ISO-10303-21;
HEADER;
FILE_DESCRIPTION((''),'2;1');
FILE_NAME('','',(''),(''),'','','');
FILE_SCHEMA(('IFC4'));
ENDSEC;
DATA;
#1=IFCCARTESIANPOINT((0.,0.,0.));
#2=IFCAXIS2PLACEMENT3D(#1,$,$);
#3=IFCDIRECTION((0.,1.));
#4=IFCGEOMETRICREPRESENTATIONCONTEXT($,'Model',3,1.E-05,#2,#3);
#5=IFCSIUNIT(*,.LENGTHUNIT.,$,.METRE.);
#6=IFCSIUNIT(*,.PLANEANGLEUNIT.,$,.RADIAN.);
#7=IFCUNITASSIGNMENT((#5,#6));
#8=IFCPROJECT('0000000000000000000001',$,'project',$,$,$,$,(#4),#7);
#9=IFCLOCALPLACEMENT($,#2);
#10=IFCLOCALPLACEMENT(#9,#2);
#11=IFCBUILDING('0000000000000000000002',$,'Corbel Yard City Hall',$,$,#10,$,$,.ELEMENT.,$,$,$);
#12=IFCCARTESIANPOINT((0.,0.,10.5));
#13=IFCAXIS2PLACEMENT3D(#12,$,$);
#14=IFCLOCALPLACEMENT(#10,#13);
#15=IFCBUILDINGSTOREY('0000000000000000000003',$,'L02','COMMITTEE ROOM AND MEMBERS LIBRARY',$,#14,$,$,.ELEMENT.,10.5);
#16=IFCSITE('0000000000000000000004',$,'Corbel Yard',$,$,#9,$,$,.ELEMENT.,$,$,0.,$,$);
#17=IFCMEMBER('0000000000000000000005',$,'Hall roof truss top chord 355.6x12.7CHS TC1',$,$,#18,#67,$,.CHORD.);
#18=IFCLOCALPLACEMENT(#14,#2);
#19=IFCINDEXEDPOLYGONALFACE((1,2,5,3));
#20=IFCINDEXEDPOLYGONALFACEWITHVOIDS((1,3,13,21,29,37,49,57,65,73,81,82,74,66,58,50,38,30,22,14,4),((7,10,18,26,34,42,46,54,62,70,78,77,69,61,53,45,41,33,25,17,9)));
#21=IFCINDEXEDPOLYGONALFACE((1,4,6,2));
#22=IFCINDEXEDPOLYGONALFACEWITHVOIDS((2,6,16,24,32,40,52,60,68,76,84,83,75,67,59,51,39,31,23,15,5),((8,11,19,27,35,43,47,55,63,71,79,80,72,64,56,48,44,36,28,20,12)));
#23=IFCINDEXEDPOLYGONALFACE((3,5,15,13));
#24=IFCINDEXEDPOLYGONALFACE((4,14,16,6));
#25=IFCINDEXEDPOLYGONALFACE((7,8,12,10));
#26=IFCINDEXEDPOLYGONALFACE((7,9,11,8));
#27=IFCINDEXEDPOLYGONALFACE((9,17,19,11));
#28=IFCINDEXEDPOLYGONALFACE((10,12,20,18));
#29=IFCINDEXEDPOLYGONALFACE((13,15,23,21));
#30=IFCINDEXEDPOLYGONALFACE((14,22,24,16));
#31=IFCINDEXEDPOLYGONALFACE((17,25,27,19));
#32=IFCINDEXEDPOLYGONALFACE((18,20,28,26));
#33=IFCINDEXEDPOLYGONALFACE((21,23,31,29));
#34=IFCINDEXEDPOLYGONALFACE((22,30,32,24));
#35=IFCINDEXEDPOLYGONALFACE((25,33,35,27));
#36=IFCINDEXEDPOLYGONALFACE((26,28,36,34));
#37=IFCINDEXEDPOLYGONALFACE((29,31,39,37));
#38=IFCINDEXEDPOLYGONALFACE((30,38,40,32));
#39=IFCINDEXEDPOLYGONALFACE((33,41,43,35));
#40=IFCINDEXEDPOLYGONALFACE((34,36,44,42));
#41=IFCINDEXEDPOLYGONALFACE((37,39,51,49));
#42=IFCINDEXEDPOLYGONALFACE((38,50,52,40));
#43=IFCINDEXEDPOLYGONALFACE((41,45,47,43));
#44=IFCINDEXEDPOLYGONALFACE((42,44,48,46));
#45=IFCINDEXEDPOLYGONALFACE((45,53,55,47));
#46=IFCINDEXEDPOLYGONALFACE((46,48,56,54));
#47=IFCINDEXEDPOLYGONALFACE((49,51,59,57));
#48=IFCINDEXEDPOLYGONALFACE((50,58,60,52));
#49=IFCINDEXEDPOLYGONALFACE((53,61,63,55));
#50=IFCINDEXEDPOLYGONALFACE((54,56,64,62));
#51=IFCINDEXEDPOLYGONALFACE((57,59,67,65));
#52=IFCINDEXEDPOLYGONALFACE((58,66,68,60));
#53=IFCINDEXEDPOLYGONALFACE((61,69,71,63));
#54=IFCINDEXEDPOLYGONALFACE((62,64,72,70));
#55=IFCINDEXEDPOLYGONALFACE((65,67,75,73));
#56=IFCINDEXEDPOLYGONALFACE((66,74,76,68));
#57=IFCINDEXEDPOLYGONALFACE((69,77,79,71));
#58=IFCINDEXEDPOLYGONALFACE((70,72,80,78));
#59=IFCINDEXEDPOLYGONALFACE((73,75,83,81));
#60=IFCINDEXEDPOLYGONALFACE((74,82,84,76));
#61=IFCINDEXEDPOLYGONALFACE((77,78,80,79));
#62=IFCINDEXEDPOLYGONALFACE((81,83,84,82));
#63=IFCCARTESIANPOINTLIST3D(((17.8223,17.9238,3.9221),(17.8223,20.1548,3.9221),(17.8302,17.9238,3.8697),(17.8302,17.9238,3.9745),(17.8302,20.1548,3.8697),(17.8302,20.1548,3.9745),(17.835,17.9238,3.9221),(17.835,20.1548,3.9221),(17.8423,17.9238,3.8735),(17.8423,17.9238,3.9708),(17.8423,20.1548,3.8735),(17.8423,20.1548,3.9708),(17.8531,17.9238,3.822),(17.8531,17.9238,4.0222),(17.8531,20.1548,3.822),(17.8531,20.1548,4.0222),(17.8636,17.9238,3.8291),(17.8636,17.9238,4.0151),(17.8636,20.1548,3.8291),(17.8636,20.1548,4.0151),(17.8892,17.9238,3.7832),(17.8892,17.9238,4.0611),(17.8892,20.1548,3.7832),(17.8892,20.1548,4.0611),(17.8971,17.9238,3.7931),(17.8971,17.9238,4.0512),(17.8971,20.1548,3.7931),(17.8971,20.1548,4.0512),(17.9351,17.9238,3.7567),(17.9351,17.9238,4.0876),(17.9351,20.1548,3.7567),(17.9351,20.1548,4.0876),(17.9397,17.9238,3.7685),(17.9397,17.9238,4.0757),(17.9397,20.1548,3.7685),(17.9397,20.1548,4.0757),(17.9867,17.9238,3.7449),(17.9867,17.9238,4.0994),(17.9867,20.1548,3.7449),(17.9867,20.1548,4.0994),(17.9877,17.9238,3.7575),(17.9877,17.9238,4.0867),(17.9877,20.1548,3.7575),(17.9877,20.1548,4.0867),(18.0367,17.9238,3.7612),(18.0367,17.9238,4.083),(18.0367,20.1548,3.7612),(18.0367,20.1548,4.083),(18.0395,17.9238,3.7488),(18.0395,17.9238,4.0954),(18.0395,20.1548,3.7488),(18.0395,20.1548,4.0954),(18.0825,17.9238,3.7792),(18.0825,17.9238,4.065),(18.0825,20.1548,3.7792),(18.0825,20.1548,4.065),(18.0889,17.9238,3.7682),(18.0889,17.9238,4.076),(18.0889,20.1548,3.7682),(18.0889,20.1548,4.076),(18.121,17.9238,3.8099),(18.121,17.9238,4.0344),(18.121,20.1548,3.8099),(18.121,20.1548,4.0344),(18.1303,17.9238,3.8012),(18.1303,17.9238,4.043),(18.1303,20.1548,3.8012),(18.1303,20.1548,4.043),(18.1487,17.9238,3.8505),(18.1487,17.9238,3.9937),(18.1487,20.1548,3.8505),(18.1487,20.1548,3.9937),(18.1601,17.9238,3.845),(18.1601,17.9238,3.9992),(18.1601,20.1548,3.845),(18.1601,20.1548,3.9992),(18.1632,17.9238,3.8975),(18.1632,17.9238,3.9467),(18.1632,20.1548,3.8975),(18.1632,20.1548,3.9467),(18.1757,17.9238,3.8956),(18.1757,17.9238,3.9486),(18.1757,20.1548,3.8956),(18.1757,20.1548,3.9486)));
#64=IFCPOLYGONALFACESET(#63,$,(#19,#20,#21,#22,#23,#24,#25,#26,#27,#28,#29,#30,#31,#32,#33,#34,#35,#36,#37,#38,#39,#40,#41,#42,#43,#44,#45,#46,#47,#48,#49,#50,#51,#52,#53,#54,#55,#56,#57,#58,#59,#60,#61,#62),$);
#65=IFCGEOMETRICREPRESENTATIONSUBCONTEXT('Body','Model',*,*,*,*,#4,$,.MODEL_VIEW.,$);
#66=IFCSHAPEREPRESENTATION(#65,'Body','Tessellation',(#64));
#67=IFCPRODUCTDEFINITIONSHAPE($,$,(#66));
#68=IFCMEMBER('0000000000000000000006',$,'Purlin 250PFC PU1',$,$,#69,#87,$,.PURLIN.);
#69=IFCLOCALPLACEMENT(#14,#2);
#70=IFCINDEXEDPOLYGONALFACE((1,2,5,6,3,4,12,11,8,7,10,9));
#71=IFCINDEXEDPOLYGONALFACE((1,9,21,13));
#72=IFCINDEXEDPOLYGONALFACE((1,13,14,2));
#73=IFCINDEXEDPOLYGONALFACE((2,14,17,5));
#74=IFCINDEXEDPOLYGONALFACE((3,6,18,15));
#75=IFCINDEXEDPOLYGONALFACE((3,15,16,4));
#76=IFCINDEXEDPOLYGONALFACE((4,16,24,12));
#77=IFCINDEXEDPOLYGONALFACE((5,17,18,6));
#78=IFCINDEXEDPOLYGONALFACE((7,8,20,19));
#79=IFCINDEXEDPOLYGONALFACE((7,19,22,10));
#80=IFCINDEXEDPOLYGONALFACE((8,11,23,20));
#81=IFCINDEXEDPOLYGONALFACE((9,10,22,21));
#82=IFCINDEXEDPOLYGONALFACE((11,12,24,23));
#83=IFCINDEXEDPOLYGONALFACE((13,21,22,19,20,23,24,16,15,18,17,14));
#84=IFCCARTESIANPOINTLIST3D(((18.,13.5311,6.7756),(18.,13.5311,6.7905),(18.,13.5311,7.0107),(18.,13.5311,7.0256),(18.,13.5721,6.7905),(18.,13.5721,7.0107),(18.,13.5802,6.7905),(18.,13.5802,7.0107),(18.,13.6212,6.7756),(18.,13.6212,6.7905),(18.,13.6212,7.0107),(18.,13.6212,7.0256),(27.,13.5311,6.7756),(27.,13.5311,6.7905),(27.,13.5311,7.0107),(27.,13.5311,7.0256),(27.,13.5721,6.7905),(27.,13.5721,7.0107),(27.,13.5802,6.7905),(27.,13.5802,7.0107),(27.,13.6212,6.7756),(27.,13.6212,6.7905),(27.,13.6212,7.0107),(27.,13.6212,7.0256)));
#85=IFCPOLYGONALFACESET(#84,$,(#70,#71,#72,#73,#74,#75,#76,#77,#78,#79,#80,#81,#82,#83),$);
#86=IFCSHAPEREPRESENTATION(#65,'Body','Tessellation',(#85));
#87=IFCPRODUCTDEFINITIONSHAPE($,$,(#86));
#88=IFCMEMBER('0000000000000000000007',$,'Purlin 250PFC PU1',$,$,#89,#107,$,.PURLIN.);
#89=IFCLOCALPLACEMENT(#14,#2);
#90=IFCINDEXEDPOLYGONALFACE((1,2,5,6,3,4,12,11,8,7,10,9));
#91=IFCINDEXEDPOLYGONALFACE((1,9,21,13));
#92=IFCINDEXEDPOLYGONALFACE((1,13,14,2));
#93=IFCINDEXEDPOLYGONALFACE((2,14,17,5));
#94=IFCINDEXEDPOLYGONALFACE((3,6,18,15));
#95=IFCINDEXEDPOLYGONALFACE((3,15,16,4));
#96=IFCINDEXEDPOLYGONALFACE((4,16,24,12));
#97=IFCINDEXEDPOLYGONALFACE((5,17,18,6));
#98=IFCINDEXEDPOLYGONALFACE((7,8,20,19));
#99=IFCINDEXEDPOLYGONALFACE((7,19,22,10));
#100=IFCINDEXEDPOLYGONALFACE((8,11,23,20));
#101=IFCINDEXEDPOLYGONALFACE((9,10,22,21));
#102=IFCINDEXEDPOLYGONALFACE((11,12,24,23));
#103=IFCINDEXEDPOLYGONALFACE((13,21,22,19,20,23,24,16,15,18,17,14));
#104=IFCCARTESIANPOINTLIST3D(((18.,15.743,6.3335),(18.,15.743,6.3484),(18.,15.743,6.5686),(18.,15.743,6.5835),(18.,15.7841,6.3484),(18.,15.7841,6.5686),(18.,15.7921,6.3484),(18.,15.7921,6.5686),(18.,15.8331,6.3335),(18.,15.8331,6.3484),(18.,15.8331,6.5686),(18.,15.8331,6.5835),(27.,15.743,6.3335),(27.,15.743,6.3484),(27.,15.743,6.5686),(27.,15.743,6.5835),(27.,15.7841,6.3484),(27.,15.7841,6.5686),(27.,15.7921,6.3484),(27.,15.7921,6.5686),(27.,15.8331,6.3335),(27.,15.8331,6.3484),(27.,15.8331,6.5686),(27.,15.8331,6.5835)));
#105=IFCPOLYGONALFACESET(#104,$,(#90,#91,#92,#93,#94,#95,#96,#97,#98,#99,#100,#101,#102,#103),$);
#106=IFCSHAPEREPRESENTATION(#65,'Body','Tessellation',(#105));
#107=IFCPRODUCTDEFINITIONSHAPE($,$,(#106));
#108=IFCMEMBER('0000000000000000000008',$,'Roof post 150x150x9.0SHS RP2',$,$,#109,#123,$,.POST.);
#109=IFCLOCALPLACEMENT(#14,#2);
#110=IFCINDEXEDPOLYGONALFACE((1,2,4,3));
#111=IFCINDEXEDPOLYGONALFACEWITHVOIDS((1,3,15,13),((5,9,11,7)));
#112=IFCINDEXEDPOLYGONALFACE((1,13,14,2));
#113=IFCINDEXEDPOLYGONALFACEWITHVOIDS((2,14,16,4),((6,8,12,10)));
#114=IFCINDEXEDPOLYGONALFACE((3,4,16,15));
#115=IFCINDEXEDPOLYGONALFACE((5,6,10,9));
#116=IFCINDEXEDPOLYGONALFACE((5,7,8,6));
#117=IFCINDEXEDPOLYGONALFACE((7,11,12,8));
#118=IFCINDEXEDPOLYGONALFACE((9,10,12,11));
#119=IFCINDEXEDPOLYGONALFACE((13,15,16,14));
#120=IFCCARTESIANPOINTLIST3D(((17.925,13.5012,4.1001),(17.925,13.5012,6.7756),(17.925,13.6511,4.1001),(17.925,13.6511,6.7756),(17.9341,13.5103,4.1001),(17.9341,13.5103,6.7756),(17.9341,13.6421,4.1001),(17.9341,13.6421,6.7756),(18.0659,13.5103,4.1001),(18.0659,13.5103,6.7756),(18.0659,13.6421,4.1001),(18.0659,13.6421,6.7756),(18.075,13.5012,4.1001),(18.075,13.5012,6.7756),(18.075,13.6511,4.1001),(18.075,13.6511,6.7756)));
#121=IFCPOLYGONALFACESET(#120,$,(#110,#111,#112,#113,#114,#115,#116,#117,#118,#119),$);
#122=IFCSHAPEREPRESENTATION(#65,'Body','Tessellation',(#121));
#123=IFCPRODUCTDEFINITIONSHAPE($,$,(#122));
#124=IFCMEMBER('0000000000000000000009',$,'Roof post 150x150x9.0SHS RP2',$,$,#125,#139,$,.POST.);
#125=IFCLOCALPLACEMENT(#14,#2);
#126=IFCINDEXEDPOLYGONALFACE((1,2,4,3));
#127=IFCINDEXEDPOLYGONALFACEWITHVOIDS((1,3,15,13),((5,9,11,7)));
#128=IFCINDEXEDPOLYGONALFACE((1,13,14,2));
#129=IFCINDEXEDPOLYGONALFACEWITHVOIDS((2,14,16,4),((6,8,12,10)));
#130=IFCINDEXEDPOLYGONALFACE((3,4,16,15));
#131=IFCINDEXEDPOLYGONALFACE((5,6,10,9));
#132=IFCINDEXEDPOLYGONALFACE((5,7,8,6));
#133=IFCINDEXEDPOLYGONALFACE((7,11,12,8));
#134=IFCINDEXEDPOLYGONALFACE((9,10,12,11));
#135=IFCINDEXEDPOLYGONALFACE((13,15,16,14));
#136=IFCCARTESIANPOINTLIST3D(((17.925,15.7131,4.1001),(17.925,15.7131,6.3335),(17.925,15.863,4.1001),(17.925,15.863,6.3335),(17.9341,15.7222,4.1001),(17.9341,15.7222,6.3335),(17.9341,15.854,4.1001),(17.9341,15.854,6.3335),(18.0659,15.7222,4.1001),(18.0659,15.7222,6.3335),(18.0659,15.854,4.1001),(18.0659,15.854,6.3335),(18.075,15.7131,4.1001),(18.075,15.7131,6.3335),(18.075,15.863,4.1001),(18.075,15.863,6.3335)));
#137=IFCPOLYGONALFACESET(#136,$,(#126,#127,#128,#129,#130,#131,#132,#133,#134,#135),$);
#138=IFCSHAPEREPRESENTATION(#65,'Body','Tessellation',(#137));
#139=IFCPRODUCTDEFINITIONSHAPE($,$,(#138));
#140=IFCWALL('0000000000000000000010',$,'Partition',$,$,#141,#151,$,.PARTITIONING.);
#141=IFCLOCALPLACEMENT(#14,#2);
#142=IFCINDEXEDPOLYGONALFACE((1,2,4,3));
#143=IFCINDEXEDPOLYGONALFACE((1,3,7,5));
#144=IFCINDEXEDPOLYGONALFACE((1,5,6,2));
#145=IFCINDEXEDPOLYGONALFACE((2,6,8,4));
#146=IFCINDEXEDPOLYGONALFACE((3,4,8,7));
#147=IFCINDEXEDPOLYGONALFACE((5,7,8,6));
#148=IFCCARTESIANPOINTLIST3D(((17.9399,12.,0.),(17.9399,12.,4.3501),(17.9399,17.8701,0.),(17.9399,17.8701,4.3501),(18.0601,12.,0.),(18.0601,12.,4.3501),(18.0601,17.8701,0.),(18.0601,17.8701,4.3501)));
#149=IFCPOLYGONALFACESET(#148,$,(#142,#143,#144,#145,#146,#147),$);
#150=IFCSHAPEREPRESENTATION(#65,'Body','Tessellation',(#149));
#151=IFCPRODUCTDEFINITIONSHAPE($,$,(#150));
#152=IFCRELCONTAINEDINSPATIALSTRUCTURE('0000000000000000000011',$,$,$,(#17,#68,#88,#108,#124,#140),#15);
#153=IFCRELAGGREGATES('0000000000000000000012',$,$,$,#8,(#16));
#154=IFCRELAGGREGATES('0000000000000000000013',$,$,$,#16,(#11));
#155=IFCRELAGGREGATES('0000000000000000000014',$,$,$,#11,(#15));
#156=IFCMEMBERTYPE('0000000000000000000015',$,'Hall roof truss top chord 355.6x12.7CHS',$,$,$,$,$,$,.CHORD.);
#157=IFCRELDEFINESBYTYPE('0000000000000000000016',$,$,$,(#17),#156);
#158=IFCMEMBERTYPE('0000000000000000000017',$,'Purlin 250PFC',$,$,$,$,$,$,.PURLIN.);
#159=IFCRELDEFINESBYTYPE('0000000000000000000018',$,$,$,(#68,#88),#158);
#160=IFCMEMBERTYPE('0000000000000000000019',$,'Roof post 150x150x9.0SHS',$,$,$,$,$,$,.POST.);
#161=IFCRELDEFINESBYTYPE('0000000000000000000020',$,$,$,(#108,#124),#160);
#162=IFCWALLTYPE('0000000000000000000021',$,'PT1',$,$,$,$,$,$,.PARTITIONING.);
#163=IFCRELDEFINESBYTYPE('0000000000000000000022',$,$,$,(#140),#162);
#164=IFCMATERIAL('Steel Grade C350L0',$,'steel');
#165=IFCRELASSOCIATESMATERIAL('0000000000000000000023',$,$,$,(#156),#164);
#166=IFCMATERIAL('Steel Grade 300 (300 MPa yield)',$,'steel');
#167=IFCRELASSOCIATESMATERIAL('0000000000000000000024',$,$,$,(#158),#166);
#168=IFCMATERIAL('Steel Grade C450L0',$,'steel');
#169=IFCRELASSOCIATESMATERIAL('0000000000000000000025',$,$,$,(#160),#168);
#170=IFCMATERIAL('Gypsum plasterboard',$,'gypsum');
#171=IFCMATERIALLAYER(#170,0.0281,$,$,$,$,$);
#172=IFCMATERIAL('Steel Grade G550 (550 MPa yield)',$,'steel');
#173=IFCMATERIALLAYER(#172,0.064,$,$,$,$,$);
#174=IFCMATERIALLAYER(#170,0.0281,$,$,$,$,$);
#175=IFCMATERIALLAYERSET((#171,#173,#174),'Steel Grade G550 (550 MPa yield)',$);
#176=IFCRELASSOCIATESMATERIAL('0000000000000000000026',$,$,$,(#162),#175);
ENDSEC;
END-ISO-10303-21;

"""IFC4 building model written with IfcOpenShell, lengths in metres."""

from ifc_helpers import new_model, si_unit, direction, frame, frame_2d, origin, origin_2d, place, context, subcontext, project, spatial, rectangle, hollow_rectangle, hollow_circle, i_section, extrude, material, layer, layer_set, material_profile, profile_set, type_object, element, save


model = new_model("IFC4")

# Units and contexts
model_context = context("Model", 3, precision=1e-05, world=origin(), true_north=direction((0.0, 1.0)))
body_context = subcontext(model_context, "Body", "Model", "MODEL_VIEW")
ifc_project = project(units=[si_unit("LENGTHUNIT", "METRE"), si_unit("PLANEANGLEUNIT", "RADIAN")], contexts=[model_context])

# Site, building, storey
site_placement = place(None, origin())
site = spatial("IfcSite", under=ifc_project, at=site_placement, Name="Corbel Yard", CompositionType="ELEMENT", RefElevation=0.0)
building_placement = place(site_placement, origin())
building = spatial("IfcBuilding", under=site, at=building_placement, Name="Corbel Yard City Hall", CompositionType="ELEMENT")
storey_placement = place(building_placement, frame((0.0, 0.0, 10.5)))
storey = spatial("IfcBuildingStorey", under=building, at=storey_placement, Name="L02", Description="COMMITTEE ROOM AND MEMBERS LIBRARY", CompositionType="ELEMENT", Elevation=10.5)

# Shared definitions
ifc_material_1 = material(Name="Steel Grade 300 (300 MPa yield)", Category="steel")

# Members
ifc_material_2 = material(Name="Steel Grade C350L0", Category="steel")
ifc_material_profile_1 = material_profile(ifc_material_2, hollow_circle(Radius=0.1777, WallThickness=0.0127, at=origin_2d()), Name="355.6x12.7CHS")
ifc_profile_set_1 = profile_set([ifc_material_profile_1], Name="Steel Grade C350L0")
member_type_1 = type_object("IfcMemberType", Name="Hall roof truss top chord 355.6x12.7CHS", PredefinedType="CHORD", material=ifc_profile_set_1)
for number, where, z_axis, x_axis, name in (
    (1, (18.0, 17.9238, 3.9221), (0.0, 1.0, 0.0), (-1.0, 0.0, 0.0), "Hall roof truss top chord 355.6x12.7CHS TC1"),
):
    element("IfcMember", number, at=place(storey_placement, frame(where, z_axis=z_axis, x_axis=x_axis)), inside=storey, type_object=member_type_1, Name=name, PredefinedType="CHORD", context=body_context, shape_type="SweptSolid", body=[
        extrude(hollow_circle(Radius=0.1777, WallThickness=0.0127, at=origin_2d()), origin(), (0.0, 0.0, 1.0), 2.231),
    ])
ifc_material_profile_2 = material_profile(ifc_material_1, i_section(OverallWidth=0.0901, OverallDepth=0.25, WebThickness=0.0081, FlangeThickness=0.0149, at=origin_2d()), Name="250PFC")
ifc_profile_set_2 = profile_set([ifc_material_profile_2], Name="Steel Grade 300 (300 MPa yield)")
member_type_2 = type_object("IfcMemberType", Name="Purlin 250PFC", PredefinedType="PURLIN", material=ifc_profile_set_2)
for number, where, z_axis, x_axis, name in (
    (2, (18.0, 13.5762, 6.9006), (1.0, 0.0, 0.0), (0.0, 1.0, 0.0), "Purlin 250PFC PU1"),
    (3, (18.0, 15.7881, 6.4585), (1.0, 0.0, 0.0), (0.0, 1.0, 0.0), "Purlin 250PFC PU1"),
):
    element("IfcMember", number, at=place(storey_placement, frame(where, z_axis=z_axis, x_axis=x_axis)), inside=storey, type_object=member_type_2, Name=name, PredefinedType="PURLIN", context=body_context, shape_type="SweptSolid", body=[
        extrude(i_section(OverallWidth=0.0901, OverallDepth=0.25, WebThickness=0.0081, FlangeThickness=0.0149, at=origin_2d()), origin(), (0.0, 0.0, 1.0), 9.0),
    ])
ifc_material_3 = material(Name="Steel Grade C450L0", Category="steel")
ifc_material_profile_3 = material_profile(ifc_material_3, hollow_rectangle(XDim=0.1499, YDim=0.1499, WallThickness=0.009, at=origin_2d()), Name="150x150x9.0SHS")
ifc_profile_set_3 = profile_set([ifc_material_profile_3], Name="Steel Grade C450L0")
member_type_3 = type_object("IfcMemberType", Name="Roof post 150x150x9.0SHS", PredefinedType="POST", material=ifc_profile_set_3)
member_1_placement = place(storey_placement, frame((18.0, 13.5762, 4.1001), z_axis=(0.0, 0.0, 1.0), x_axis=(1.0, 0.0, 0.0)))
element("IfcMember", 4, at=member_1_placement, inside=storey, type_object=member_type_3, Name="Roof post 150x150x9.0SHS RP2", PredefinedType="POST", context=body_context, shape_type="SweptSolid", body=[
    extrude(hollow_rectangle(XDim=0.1499, YDim=0.1499, WallThickness=0.009, at=origin_2d()), origin(), (0.0, 0.0, 1.0), 2.6755),
])
member_2_placement = place(storey_placement, frame((18.0, 15.7881, 4.1001), z_axis=(0.0, 0.0, 1.0), x_axis=(1.0, 0.0, 0.0)))
element("IfcMember", 5, at=member_2_placement, inside=storey, type_object=member_type_3, Name="Roof post 150x150x9.0SHS RP2", PredefinedType="POST", context=body_context, shape_type="SweptSolid", body=[
    extrude(hollow_rectangle(XDim=0.1499, YDim=0.1499, WallThickness=0.009, at=origin_2d()), origin(), (0.0, 0.0, 1.0), 2.2334),
])

# Wall
ifc_material_4 = material(Name="Gypsum plasterboard", Category="gypsum")
ifc_layer_1 = layer(ifc_material_4, 0.0281)
ifc_material_5 = material(Name="Steel Grade G550 (550 MPa yield)", Category="steel")
ifc_layer_2 = layer(ifc_material_5, 0.064)
ifc_layer_3 = layer(ifc_material_4, 0.0281)
ifc_layer_set = layer_set([ifc_layer_1, ifc_layer_2, ifc_layer_3], Name="Steel Grade G550 (550 MPa yield)")
wall_type = type_object("IfcWallType", Name="PT1", PredefinedType="PARTITIONING", material=ifc_layer_set)
wall_placement = place(storey_placement, frame((18.0, 12.0, 0.0), z_axis=(0.0, 0.0, 1.0), x_axis=(0.0, 1.0, 0.0)))
element("IfcWall", 6, at=wall_placement, inside=storey, type_object=wall_type, Name="Partition", PredefinedType="PARTITIONING", context=body_context, shape_type="SweptSolid", body=[
    extrude(rectangle(XDim=5.8701, YDim=0.1201, at=frame_2d((2.9351, 0.0))), origin(), (0.0, 0.0, 1.0), 4.3501),
])

save(model, "model.ifc")
